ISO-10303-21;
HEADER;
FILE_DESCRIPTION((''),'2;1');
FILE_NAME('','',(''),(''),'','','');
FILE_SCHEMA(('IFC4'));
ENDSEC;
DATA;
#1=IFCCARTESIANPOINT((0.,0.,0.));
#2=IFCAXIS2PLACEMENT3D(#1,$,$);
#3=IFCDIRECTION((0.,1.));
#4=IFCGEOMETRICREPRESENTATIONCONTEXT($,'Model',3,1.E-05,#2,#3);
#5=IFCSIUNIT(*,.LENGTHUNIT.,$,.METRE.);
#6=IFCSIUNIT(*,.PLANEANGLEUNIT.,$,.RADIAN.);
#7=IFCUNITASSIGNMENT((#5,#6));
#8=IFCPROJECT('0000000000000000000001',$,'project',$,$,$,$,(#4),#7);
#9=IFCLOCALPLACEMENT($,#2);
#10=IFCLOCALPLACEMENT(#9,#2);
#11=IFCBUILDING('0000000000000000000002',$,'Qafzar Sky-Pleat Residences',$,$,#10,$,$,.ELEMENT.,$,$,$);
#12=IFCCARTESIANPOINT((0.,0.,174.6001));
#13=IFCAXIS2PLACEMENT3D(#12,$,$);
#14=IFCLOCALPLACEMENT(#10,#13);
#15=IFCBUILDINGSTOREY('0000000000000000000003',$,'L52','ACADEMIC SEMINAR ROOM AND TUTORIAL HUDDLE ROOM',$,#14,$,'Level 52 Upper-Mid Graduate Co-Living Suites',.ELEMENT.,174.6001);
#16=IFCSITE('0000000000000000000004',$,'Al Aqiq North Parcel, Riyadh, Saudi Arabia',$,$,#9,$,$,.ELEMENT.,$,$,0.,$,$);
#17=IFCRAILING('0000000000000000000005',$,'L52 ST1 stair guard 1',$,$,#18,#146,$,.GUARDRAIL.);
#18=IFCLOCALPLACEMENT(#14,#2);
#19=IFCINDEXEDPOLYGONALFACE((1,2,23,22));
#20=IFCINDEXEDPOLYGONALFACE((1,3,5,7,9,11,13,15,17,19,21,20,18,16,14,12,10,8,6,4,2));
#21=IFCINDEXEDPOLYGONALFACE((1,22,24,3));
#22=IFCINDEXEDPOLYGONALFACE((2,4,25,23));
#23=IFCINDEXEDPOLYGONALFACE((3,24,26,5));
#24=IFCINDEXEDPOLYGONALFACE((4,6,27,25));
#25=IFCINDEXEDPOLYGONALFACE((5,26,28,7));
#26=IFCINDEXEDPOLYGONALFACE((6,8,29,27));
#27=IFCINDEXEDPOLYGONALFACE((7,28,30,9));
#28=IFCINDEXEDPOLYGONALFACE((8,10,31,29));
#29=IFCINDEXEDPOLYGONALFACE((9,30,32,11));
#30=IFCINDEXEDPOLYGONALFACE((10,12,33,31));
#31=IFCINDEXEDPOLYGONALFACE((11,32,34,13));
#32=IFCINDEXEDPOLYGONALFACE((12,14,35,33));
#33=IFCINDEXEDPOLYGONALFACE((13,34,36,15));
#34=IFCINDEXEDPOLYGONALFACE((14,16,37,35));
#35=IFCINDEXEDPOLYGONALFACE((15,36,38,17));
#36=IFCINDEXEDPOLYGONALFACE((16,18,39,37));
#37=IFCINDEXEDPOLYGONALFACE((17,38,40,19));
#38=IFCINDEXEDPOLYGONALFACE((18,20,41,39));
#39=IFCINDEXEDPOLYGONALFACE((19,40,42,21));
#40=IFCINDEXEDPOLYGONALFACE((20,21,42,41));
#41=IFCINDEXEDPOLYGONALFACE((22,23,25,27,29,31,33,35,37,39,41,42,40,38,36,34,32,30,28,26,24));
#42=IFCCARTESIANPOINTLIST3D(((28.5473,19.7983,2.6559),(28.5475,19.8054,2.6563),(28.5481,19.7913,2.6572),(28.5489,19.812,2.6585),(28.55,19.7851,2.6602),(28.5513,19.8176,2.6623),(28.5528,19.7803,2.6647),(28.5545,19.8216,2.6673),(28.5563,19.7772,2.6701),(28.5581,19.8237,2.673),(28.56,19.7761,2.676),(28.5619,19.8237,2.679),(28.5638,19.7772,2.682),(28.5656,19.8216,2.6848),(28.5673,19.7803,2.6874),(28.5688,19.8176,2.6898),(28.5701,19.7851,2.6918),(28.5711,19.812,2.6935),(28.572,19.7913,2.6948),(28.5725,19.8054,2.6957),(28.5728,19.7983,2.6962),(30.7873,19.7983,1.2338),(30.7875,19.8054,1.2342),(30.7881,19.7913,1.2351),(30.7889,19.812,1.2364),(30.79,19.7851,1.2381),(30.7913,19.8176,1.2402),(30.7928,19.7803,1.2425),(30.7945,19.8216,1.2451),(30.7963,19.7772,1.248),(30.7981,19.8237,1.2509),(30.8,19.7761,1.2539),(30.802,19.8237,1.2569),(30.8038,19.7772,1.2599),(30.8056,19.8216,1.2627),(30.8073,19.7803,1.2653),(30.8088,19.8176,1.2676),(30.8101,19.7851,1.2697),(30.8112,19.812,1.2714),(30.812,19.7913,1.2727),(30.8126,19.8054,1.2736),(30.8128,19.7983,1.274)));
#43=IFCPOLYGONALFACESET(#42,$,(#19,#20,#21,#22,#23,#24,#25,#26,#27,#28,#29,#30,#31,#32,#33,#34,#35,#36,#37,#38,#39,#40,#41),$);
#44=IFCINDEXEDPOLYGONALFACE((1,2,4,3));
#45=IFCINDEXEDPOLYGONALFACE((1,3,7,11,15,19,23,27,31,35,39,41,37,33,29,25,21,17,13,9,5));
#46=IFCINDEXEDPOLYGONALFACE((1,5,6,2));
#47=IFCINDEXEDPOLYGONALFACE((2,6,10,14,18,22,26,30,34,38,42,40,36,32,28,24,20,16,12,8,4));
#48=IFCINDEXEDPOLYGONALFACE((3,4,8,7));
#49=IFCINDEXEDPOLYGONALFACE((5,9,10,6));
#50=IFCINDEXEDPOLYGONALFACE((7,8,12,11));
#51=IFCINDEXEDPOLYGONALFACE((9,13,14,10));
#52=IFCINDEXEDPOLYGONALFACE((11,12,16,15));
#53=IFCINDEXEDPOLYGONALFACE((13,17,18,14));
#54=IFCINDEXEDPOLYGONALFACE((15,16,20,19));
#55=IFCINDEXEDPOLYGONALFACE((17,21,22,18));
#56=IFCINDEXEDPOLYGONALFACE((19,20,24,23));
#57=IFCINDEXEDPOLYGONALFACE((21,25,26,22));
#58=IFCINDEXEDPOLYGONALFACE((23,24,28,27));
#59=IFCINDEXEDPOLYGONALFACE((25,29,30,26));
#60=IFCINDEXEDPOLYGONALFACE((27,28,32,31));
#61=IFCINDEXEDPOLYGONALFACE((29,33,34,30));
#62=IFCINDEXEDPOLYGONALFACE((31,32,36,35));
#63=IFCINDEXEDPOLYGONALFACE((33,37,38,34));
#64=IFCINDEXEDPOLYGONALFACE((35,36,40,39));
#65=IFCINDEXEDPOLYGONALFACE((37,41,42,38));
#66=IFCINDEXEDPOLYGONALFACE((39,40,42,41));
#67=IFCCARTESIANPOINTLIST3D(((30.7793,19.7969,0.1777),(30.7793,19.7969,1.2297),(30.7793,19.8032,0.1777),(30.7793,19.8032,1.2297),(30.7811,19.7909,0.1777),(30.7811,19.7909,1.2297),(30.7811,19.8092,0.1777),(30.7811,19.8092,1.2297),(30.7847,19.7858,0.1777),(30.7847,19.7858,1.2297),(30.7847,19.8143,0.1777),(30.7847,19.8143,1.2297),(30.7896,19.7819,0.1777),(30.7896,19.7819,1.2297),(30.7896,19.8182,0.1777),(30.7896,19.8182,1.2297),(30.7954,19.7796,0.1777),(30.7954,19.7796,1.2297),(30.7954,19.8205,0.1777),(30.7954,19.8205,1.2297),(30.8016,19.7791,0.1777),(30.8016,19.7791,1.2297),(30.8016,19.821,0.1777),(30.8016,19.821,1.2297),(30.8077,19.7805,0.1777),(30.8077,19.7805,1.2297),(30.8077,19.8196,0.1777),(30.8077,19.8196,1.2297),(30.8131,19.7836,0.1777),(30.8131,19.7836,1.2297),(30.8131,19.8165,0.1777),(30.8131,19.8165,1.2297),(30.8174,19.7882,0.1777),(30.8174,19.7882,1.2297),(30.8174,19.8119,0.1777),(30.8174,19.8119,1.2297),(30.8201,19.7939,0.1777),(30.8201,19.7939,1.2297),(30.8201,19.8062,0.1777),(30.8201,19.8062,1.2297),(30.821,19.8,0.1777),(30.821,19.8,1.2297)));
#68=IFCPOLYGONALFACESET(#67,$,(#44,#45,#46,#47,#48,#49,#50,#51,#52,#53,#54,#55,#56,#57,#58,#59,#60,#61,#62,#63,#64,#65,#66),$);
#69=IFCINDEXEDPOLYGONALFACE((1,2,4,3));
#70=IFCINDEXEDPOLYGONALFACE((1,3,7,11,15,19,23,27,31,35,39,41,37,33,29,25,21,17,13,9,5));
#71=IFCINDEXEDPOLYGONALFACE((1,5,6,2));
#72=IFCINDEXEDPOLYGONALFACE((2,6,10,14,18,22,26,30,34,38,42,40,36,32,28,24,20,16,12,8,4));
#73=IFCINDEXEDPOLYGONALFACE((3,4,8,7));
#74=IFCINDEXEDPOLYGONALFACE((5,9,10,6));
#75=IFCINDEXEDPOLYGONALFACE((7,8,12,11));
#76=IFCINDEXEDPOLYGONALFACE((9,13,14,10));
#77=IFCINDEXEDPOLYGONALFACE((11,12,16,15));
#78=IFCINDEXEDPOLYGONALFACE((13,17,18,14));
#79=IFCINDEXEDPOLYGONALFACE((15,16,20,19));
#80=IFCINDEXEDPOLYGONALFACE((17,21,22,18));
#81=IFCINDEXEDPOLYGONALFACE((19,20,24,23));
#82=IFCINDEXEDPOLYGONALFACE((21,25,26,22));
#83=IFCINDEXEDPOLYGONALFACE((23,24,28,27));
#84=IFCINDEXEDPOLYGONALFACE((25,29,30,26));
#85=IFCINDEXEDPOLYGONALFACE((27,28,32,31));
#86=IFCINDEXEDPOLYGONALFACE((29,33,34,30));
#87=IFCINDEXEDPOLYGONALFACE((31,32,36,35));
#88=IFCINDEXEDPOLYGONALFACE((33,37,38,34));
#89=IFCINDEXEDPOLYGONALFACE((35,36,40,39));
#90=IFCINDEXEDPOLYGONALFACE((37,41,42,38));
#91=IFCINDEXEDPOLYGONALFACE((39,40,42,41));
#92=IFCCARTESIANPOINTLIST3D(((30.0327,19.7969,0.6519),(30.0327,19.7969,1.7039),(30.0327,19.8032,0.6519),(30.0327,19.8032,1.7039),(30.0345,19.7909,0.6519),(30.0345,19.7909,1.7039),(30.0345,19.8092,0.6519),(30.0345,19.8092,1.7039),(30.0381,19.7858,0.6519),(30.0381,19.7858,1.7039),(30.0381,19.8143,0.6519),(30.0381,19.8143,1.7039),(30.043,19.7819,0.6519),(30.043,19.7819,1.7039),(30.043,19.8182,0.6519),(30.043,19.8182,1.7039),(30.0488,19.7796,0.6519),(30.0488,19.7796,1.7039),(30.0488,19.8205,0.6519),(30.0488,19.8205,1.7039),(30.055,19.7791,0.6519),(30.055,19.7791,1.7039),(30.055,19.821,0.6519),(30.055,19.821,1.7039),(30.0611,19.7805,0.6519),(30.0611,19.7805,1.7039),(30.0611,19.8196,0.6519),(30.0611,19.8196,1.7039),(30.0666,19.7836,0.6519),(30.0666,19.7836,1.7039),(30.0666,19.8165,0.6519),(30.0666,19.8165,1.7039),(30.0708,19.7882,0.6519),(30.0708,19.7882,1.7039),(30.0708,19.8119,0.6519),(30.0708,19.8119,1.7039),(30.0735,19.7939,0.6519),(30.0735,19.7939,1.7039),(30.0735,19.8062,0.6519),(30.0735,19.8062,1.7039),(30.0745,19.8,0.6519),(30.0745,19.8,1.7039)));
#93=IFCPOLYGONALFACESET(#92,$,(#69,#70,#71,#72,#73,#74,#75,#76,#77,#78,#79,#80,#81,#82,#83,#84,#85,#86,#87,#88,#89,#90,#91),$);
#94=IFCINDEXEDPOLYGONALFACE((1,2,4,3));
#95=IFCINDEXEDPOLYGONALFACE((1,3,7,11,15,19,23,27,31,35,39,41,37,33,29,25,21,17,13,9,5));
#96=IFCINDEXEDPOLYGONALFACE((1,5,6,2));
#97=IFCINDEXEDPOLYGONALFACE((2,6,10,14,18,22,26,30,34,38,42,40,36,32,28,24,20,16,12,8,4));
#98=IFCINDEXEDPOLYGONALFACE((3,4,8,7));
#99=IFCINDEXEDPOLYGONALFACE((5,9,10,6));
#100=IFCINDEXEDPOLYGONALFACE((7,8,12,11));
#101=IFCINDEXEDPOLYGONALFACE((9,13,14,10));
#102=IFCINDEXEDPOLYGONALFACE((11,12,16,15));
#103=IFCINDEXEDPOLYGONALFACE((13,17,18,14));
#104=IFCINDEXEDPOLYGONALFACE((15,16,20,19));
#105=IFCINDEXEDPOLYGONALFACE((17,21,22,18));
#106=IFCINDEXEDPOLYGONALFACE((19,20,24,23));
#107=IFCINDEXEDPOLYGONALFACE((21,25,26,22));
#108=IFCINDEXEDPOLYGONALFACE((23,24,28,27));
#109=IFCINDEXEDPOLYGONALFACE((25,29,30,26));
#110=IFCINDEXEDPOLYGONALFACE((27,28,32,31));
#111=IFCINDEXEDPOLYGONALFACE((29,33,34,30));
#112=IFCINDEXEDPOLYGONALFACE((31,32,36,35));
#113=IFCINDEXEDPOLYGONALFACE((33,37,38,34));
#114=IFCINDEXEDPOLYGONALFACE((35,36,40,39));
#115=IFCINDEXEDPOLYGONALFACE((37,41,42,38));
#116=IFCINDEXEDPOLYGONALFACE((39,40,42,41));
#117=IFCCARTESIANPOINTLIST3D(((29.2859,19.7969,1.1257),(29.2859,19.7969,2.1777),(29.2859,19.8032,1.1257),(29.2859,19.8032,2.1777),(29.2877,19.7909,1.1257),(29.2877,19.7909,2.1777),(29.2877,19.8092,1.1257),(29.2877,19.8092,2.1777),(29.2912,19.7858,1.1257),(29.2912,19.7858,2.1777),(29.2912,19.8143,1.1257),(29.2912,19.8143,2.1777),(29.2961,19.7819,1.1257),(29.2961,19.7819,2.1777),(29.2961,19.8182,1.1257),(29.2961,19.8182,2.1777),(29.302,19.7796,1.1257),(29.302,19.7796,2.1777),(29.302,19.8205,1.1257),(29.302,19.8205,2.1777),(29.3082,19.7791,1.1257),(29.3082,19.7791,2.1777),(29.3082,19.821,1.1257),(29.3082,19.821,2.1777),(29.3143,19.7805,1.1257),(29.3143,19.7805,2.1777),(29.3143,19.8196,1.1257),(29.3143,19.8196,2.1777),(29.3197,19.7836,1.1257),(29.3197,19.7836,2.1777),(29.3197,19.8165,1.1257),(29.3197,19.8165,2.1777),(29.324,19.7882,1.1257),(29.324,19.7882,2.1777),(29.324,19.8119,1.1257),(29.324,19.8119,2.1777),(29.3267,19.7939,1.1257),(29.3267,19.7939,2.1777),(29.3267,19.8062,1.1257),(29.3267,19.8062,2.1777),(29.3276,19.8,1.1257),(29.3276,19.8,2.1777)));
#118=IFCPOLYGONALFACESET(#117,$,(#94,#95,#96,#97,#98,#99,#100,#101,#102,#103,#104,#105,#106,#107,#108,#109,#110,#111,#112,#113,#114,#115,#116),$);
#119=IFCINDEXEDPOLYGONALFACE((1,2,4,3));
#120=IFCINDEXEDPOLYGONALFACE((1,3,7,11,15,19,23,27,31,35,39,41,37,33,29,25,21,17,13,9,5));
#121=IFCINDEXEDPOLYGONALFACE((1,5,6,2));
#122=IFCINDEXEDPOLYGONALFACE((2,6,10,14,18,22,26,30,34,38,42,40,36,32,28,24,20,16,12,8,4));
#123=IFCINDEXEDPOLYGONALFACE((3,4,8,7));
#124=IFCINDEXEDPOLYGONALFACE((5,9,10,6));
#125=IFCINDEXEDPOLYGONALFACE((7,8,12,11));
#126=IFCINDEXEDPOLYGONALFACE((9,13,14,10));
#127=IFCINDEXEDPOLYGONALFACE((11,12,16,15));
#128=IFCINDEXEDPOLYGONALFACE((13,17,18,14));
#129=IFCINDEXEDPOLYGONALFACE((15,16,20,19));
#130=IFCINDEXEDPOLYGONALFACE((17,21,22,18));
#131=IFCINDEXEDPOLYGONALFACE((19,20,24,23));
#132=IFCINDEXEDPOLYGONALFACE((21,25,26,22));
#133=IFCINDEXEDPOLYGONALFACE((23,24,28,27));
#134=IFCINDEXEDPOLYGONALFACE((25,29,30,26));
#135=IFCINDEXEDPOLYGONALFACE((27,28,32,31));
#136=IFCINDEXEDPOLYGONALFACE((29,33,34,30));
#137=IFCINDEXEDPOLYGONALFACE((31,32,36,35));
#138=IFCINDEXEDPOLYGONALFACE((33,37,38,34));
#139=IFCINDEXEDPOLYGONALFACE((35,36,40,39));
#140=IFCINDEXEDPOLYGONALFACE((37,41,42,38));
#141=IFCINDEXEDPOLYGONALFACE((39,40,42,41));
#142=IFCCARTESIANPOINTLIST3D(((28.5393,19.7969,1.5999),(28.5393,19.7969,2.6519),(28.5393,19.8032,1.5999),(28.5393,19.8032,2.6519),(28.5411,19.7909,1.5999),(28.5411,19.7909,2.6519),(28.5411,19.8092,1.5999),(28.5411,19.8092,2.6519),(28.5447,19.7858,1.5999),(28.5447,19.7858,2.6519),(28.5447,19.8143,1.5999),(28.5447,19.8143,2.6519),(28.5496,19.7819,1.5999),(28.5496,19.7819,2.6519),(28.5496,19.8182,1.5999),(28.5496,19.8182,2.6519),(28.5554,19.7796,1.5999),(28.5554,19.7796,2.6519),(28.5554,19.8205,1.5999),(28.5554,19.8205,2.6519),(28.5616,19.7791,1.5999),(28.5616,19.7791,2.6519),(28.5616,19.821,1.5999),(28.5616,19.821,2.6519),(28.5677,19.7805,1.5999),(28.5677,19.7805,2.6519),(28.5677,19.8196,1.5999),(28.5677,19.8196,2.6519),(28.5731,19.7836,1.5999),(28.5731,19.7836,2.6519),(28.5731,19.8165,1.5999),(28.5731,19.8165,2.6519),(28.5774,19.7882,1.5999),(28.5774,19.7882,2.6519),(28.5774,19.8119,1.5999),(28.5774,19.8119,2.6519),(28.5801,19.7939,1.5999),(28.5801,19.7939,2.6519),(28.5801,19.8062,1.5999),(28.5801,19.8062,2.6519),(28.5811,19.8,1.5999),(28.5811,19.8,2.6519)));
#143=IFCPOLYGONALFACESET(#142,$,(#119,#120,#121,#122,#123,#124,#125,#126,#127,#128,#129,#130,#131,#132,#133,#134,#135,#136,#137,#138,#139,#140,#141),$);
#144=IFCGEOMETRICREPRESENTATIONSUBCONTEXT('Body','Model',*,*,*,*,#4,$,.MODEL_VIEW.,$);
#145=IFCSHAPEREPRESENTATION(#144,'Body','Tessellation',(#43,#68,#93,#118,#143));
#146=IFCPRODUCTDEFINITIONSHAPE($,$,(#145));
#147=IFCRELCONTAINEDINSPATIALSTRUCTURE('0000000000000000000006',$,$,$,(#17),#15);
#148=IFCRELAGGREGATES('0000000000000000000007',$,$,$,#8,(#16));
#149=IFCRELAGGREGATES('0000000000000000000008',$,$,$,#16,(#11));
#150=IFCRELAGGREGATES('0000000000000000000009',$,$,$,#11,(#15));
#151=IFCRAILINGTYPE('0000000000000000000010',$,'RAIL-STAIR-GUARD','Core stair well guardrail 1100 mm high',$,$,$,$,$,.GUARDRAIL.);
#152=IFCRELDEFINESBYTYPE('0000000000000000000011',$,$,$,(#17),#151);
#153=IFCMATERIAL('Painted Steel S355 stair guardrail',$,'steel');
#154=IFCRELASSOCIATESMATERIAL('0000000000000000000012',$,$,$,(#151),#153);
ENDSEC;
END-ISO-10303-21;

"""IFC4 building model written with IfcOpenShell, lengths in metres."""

from ifc_helpers import new_model, si_unit, direction, frame, origin, origin_2d, place, context, subcontext, project, spatial, circle, extrude, source, transform, mapped, material, type_object, element, save


model = new_model("IFC4")

# Units and contexts
model_context = context("Model", 3, precision=1e-05, world=origin(), true_north=direction((0.0, 1.0)))
body_context = subcontext(model_context, "Body", "Model", "MODEL_VIEW")
ifc_project = project(units=[si_unit("LENGTHUNIT", "METRE"), si_unit("PLANEANGLEUNIT", "RADIAN")], contexts=[model_context])

# Site, building, storey
site_placement = place(None, origin())
site = spatial("IfcSite", under=ifc_project, at=site_placement, Name="Al Aqiq North Parcel, Riyadh, Saudi Arabia", CompositionType="ELEMENT", RefElevation=0.0)
building_placement = place(site_placement, origin())
building = spatial("IfcBuilding", under=site, at=building_placement, Name="Qafzar Sky-Pleat Residences", CompositionType="ELEMENT")
storey_placement = place(building_placement, frame((0.0, 0.0, 174.6001)))
storey = spatial("IfcBuildingStorey", under=building, at=storey_placement, Name="L52", Description="ACADEMIC SEMINAR ROOM AND TUTORIAL HUDDLE ROOM", LongName="Level 52 Upper-Mid Graduate Co-Living Suites", CompositionType="ELEMENT", Elevation=174.6001)

# Railing
ifc_material_1 = material(Name="Painted Steel S355 stair guardrail", Category="steel")
railing_type_1 = type_object("IfcRailingType", Name="RAIL-STAIR-GUARD", Description="Core stair well guardrail 1100 mm high", PredefinedType="GUARDRAIL", material=ifc_material_1)
shared_shape_1 = source(origin(), body_context, "Body", "SweptSolid", [
    extrude(circle(Radius=0.0239, at=origin_2d()), frame((0.0, 0.0, 1.0762), z_axis=(-0.844229, 0.0, 0.535982), x_axis=(0.0, -1.0, 0.0)), (0.0, 0.0, 1.0), 2.6533),
    extrude(circle(Radius=0.021, at=origin_2d()), origin(), (0.0, 0.0, 1.0), 1.052),
    extrude(circle(Radius=0.021, at=origin_2d()), frame((-0.7466, 0.0, 0.4741)), (0.0, 0.0, 1.0), 1.052),
    extrude(circle(Radius=0.021, at=origin_2d()), frame((-1.4934, 0.0, 0.948)), (0.0, 0.0, 1.0), 1.052),
    extrude(circle(Radius=0.021, at=origin_2d()), frame((-2.24, 0.0, 1.4221)), (0.0, 0.0, 1.0), 1.052),
])
railing_1_placement = place(storey_placement, frame((30.8, 19.8, 0.1777)))
element("IfcRailing", 1, at=railing_1_placement, inside=storey, type_object=railing_type_1, Name="L52 ST1 stair guard 1", PredefinedType="GUARDRAIL", context=body_context, shape_type="MappedRepresentation", body=[
    mapped(shared_shape_1, transform((0.0, 0.0, 0.0), x_axis=(1.0, 0.0, 0.0), y_axis=(0.0, 1.0, 0.0), z_axis=(0.0, 0.0, 1.0), scale=1.0)),
])

save(model, "model.ifc")
